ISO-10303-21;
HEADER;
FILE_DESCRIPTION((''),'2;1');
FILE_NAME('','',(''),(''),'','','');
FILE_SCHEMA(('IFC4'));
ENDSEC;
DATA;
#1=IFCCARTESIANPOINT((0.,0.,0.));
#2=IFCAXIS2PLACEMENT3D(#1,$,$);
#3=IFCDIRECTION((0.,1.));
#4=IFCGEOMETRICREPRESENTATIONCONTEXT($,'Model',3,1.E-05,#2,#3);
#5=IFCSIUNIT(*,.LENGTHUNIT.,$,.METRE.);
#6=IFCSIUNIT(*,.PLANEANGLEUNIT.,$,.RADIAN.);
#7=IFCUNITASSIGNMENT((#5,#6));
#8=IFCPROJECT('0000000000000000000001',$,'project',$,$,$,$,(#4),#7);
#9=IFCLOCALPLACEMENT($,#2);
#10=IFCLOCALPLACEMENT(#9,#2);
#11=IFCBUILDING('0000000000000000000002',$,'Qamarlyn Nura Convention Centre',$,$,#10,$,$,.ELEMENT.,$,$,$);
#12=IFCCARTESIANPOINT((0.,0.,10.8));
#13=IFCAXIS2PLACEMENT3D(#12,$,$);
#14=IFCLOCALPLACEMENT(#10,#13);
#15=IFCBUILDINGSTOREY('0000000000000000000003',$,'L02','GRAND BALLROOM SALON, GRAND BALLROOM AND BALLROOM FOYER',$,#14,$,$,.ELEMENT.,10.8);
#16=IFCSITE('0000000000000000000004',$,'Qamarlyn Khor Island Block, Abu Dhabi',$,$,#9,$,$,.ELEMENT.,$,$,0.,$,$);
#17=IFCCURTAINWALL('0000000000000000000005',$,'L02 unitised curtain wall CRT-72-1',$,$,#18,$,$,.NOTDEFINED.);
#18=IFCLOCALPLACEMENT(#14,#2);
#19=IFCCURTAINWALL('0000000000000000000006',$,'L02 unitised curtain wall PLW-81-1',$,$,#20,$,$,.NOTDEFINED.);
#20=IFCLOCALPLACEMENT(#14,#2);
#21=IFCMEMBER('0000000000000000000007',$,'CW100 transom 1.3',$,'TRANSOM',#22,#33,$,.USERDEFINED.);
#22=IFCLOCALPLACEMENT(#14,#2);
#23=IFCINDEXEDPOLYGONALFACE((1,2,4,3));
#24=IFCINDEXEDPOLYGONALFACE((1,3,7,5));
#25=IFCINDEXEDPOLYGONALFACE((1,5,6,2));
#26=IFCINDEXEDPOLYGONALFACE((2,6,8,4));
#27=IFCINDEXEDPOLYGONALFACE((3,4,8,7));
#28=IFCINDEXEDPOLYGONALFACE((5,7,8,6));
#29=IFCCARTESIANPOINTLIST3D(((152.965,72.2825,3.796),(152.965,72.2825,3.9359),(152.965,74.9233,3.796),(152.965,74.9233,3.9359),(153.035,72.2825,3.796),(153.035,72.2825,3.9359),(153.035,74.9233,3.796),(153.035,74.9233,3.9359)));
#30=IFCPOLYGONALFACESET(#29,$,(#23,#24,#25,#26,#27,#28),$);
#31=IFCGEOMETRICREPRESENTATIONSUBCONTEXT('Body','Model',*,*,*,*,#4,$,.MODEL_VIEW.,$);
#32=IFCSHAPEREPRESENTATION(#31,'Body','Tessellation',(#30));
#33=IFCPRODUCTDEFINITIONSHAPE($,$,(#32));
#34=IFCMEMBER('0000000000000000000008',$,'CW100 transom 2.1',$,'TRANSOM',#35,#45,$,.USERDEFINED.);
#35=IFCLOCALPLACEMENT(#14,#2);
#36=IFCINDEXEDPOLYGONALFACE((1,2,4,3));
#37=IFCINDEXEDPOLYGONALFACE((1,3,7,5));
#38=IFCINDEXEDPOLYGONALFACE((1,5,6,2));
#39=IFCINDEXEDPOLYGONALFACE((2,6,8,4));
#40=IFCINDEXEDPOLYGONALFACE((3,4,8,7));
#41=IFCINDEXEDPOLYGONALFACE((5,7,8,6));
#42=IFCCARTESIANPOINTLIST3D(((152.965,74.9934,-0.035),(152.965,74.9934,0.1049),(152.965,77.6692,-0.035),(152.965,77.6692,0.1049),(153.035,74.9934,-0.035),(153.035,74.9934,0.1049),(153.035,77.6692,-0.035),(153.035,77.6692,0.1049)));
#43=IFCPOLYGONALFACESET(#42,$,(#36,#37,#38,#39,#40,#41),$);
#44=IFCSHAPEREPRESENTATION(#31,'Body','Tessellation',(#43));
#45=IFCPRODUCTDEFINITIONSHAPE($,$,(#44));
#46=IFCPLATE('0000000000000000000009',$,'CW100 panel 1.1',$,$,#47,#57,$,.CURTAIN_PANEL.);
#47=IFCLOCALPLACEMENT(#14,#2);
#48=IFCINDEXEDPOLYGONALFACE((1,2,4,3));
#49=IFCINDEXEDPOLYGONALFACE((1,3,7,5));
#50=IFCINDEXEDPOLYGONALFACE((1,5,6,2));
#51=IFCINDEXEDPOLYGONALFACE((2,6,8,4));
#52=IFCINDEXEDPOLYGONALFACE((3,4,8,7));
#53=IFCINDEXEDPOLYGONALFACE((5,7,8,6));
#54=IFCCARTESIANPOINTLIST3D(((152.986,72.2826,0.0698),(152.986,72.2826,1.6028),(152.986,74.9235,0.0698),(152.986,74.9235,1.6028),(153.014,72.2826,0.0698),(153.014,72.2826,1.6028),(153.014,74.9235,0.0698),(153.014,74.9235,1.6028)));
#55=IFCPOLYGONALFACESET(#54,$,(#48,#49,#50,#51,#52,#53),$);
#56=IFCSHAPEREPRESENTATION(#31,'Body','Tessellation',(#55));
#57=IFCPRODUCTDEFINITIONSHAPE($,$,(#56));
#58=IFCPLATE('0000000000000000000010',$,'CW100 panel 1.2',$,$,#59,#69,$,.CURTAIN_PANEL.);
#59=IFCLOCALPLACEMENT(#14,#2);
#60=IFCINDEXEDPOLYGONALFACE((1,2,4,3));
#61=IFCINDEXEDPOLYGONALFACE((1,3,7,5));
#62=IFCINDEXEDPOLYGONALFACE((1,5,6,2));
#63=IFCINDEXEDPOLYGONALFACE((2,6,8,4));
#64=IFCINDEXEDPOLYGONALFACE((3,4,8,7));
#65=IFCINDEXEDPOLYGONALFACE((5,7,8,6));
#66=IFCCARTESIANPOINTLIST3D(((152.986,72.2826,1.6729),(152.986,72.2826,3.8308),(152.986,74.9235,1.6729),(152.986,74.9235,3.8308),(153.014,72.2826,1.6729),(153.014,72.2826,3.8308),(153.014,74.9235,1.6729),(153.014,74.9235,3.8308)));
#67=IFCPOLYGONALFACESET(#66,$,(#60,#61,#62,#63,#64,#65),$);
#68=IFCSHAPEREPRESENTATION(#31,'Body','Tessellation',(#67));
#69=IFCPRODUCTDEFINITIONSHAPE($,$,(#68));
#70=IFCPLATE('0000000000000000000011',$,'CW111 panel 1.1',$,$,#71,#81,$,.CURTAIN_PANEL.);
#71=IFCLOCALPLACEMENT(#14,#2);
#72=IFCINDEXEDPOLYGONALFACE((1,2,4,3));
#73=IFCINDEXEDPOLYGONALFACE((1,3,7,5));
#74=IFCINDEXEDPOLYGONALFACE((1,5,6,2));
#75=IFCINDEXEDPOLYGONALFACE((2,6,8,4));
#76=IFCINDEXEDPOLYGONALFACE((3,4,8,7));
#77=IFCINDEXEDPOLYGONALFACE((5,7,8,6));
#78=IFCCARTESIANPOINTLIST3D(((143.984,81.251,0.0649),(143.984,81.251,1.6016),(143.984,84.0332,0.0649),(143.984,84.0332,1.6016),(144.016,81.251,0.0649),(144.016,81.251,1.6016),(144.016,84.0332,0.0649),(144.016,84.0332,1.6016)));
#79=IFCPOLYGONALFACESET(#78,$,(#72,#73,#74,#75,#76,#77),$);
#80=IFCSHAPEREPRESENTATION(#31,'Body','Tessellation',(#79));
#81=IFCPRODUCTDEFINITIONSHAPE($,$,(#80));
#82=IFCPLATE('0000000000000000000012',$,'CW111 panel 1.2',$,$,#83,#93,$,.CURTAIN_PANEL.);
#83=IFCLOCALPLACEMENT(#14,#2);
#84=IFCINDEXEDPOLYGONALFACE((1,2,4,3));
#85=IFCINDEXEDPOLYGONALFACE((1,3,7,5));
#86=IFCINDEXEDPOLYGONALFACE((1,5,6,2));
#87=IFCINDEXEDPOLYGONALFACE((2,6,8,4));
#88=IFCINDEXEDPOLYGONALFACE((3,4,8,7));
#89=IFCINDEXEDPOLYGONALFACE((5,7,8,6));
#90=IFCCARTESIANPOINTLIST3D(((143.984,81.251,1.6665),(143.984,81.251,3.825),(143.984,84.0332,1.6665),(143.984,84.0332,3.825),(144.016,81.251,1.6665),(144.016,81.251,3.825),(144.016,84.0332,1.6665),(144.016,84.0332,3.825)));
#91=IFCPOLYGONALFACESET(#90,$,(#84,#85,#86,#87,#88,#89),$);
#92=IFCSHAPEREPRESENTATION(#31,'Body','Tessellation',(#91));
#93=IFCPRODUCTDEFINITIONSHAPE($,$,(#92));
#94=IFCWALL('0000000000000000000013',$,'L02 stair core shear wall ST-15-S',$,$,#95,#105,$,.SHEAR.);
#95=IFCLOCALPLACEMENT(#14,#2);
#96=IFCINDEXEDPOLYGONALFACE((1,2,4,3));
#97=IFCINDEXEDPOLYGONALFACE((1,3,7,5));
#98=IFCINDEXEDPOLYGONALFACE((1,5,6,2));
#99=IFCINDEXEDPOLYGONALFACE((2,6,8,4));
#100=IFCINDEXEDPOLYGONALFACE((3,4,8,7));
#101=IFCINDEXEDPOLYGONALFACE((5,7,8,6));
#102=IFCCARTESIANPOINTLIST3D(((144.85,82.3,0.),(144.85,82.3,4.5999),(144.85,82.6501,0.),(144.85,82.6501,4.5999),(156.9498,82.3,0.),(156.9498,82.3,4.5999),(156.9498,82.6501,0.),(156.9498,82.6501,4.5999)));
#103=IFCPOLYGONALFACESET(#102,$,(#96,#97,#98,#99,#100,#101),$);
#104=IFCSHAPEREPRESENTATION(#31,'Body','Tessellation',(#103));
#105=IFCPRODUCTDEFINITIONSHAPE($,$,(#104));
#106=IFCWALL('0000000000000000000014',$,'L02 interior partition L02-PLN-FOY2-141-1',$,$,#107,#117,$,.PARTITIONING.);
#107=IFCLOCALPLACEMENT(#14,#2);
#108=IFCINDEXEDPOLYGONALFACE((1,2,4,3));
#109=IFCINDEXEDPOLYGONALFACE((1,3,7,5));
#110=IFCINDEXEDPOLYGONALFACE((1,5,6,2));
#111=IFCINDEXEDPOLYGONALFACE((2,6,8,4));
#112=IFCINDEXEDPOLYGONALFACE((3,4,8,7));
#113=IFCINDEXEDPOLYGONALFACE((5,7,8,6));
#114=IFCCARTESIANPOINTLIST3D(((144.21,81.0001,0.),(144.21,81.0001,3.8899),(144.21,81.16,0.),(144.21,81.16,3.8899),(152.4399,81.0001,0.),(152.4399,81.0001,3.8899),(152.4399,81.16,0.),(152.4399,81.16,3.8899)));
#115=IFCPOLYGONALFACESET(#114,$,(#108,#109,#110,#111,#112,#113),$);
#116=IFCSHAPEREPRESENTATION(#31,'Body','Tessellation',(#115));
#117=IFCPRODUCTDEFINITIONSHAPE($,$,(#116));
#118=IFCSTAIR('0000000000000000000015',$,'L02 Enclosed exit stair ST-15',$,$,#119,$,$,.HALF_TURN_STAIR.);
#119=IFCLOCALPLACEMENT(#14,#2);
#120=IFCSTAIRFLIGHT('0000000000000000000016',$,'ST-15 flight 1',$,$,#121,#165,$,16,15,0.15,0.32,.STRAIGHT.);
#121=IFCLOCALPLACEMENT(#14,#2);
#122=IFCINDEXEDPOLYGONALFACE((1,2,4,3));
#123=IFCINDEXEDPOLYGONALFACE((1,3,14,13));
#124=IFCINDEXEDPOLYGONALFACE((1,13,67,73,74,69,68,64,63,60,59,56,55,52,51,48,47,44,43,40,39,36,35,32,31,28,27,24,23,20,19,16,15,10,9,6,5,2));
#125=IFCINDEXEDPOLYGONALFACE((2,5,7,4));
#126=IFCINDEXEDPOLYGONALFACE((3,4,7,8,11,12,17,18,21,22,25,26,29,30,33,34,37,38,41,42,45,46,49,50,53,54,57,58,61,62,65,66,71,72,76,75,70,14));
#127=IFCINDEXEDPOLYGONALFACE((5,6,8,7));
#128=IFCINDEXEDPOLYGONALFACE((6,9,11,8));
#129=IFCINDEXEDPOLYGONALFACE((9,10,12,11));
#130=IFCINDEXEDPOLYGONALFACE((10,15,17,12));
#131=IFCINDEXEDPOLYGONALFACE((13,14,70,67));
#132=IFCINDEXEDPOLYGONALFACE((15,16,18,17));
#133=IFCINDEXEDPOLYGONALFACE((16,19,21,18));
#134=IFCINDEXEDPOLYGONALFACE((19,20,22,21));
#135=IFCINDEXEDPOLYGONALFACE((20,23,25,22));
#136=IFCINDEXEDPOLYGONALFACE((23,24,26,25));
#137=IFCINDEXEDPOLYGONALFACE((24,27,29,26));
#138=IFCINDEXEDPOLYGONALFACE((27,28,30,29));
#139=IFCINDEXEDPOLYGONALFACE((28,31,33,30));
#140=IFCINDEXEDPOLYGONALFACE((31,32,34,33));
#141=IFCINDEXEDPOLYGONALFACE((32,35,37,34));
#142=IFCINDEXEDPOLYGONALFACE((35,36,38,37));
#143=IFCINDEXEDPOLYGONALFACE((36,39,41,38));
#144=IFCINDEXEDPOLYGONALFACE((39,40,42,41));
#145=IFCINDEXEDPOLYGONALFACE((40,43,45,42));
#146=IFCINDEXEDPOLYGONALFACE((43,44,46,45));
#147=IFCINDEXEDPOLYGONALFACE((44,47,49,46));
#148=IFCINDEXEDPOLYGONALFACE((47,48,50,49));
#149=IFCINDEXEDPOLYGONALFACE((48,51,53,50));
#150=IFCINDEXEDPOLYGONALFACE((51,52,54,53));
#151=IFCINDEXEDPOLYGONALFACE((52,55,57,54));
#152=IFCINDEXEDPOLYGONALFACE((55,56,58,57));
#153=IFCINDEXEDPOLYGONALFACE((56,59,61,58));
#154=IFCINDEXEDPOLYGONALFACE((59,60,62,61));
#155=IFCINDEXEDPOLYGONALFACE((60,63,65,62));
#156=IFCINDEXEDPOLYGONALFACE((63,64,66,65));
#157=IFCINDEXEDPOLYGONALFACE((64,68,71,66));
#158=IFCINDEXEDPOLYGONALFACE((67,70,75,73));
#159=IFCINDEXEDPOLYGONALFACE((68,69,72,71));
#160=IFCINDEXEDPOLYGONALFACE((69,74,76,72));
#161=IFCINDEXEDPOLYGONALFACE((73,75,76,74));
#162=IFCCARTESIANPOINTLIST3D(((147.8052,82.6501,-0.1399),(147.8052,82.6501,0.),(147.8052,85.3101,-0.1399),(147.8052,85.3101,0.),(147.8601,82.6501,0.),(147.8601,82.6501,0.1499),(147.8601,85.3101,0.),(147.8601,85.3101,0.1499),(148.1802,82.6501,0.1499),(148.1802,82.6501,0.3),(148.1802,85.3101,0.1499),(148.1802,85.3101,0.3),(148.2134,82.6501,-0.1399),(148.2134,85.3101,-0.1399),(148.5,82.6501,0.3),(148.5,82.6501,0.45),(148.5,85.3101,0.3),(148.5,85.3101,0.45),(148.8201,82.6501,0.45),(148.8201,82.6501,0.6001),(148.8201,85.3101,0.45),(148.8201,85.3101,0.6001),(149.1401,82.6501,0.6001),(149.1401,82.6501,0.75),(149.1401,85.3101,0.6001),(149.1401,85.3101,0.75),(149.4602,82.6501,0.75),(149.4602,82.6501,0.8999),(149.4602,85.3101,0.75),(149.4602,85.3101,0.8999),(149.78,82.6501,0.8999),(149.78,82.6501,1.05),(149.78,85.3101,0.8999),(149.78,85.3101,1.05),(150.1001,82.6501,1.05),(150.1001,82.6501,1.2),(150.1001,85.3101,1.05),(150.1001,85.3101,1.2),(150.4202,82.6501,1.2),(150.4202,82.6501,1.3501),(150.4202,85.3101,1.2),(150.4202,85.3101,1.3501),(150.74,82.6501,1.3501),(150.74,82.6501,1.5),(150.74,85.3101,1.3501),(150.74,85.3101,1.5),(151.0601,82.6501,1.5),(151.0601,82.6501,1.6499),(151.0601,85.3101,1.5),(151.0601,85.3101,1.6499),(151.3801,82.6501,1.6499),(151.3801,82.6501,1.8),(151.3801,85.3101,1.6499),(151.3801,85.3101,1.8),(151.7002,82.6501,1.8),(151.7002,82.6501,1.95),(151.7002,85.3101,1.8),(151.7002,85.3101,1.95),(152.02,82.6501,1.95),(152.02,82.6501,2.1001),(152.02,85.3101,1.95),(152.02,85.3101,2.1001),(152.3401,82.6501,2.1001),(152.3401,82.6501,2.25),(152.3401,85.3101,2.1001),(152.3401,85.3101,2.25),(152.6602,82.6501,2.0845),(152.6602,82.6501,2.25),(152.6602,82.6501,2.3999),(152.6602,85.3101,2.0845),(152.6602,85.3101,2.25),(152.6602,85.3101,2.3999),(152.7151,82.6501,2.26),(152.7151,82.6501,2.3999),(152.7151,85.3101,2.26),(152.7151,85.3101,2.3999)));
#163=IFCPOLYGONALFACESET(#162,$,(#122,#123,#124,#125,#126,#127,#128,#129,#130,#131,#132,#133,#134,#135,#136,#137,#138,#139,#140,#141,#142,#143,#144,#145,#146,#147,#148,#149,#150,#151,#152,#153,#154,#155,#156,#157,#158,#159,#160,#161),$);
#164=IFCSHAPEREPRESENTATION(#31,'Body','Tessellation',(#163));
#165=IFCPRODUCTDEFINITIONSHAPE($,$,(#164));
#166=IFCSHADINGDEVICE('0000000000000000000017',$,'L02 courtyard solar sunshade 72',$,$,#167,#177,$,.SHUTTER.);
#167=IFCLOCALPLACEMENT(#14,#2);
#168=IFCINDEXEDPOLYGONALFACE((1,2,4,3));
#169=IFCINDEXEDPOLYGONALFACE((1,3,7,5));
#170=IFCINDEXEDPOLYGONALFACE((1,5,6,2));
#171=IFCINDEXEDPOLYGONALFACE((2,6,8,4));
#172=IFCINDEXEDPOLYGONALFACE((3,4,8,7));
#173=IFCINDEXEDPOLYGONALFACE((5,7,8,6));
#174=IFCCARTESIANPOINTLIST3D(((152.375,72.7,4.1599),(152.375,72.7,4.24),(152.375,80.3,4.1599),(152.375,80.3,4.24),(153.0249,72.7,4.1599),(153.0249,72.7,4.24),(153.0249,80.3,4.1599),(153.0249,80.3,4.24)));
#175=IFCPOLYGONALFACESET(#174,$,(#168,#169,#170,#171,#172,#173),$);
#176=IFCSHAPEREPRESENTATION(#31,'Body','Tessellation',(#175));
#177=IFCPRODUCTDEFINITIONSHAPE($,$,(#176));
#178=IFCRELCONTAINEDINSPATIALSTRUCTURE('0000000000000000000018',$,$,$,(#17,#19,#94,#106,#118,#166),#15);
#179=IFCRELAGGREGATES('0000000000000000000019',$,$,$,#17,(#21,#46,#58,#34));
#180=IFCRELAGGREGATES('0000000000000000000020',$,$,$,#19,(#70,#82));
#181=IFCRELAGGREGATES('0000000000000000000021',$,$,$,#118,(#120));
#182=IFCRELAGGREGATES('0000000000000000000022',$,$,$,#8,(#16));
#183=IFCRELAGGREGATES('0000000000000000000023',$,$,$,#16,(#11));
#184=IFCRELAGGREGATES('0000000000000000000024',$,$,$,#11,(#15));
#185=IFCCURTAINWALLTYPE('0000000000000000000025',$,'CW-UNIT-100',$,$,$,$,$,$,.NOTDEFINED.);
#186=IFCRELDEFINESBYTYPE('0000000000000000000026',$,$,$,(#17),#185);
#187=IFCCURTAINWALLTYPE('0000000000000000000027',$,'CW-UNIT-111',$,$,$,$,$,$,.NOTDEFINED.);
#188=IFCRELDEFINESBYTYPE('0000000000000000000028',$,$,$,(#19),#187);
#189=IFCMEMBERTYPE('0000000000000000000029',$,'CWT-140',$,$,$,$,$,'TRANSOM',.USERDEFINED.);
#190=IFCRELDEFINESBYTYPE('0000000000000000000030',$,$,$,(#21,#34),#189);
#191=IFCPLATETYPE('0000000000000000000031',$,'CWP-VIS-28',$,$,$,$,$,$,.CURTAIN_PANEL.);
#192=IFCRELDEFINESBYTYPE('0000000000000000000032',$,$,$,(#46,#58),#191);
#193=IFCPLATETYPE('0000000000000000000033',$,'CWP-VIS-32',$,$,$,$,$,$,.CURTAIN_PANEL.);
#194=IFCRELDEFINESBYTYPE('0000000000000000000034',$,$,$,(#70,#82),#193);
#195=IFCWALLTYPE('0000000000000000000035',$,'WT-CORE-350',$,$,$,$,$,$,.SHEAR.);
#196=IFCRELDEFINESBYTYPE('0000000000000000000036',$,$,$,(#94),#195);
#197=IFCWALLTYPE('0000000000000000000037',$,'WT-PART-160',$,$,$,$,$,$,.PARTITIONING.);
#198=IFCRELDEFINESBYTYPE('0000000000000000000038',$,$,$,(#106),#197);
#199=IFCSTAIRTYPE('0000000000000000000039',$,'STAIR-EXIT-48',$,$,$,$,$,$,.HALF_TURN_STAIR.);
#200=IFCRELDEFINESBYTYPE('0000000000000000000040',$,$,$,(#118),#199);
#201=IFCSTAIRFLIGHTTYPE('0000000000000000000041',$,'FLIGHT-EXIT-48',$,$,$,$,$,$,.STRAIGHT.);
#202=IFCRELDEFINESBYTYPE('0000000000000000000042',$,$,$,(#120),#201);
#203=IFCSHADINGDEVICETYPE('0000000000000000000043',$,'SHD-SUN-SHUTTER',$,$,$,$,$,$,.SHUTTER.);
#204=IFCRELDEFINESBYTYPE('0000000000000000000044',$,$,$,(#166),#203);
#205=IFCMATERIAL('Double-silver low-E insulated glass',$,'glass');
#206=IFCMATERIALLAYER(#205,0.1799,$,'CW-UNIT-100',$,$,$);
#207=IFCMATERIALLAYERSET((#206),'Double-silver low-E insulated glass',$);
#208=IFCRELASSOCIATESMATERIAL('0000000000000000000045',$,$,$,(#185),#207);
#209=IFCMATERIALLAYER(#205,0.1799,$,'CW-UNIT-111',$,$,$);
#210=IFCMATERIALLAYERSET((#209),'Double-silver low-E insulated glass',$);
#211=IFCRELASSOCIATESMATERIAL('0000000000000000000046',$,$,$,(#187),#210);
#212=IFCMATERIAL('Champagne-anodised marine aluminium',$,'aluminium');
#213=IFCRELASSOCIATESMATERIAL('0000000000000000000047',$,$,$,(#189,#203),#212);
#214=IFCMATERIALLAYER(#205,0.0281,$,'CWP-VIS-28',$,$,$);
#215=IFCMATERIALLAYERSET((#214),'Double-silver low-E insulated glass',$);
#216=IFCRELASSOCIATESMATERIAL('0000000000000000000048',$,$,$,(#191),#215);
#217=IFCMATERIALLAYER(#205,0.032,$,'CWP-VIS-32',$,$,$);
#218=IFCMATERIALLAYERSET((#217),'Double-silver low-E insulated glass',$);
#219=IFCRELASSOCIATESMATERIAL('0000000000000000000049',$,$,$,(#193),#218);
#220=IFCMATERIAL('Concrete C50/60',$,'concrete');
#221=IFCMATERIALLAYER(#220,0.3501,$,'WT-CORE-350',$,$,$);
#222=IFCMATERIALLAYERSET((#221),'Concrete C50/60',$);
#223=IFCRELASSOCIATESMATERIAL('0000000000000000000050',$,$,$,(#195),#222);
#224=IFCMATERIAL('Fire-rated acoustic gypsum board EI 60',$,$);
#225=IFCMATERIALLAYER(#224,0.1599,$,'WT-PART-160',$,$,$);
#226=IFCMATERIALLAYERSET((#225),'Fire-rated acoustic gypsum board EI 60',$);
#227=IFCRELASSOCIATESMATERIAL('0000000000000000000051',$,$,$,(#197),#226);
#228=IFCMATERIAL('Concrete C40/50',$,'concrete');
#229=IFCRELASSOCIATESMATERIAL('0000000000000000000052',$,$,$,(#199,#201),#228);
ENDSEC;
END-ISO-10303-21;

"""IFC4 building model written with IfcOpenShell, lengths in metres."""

from ifc_helpers import new_model, si_unit, direction, frame, frame_2d, origin, origin_2d, place, context, subcontext, project, spatial, polyline, rectangle, outline, extrude, material, layer, layer_set, material_profile, profile_set, type_object, element, aggregate, save


model = new_model("IFC4")

# Units and contexts
model_context = context("Model", 3, precision=1e-05, world=origin(), true_north=direction((0.0, 1.0)))
body_context = subcontext(model_context, "Body", "Model", "MODEL_VIEW")
ifc_project = project(units=[si_unit("LENGTHUNIT", "METRE"), si_unit("PLANEANGLEUNIT", "RADIAN")], contexts=[model_context])

# Site, building, storey
site_placement = place(None, origin())
site = spatial("IfcSite", under=ifc_project, at=site_placement, Name="Qamarlyn Khor Island Block, Abu Dhabi", CompositionType="ELEMENT", RefElevation=0.0)
building_placement = place(site_placement, origin())
building = spatial("IfcBuilding", under=site, at=building_placement, Name="Qamarlyn Nura Convention Centre", CompositionType="ELEMENT")
storey_placement = place(building_placement, frame((0.0, 0.0, 10.8)))
storey = spatial("IfcBuildingStorey", under=building, at=storey_placement, Name="L02", Description="GRAND BALLROOM SALON, GRAND BALLROOM AND BALLROOM FOYER", CompositionType="ELEMENT", Elevation=10.8)

# Curtain wall
ifc_material_1 = material(Name="Double-silver low-E insulated glass", Category="glass")
ifc_layer_1 = layer(ifc_material_1, 0.1799, Name="CW-UNIT-100")
ifc_layer_set_1 = layer_set([ifc_layer_1], Name="Double-silver low-E insulated glass")
curtain_wall_type_1 = type_object("IfcCurtainWallType", Name="CW-UNIT-100", PredefinedType="NOTDEFINED", material=ifc_layer_set_1)
curtain_wall_1_placement = place(storey_placement, origin())
curtain_wall_1 = element("IfcCurtainWall", 1, at=curtain_wall_1_placement, inside=storey, type_object=curtain_wall_type_1, Name="L02 unitised curtain wall CRT-72-1", PredefinedType="NOTDEFINED")
ifc_material_2 = material(Name="Champagne-anodised marine aluminium", Category="aluminium")

# Curtain wall
ifc_layer_2 = layer(ifc_material_1, 0.1799, Name="CW-UNIT-111")
ifc_layer_set_2 = layer_set([ifc_layer_2], Name="Double-silver low-E insulated glass")
curtain_wall_type_2 = type_object("IfcCurtainWallType", Name="CW-UNIT-111", PredefinedType="NOTDEFINED", material=ifc_layer_set_2)
curtain_wall_2_placement = place(storey_placement, origin())
curtain_wall_2 = element("IfcCurtainWall", 2, at=curtain_wall_2_placement, inside=storey, type_object=curtain_wall_type_2, Name="L02 unitised curtain wall PLW-81-1", PredefinedType="NOTDEFINED")

# Members
ifc_material_profile_1 = material_profile(ifc_material_2, rectangle(XDim=0.0701, YDim=0.1399, at=origin_2d()), Name="ALU TRANSOM 70x140")
ifc_profile_set_1 = profile_set([ifc_material_profile_1], Name="Champagne-anodised marine aluminium")
member_type_1 = type_object("IfcMemberType", Name="CWT-140", ElementType="TRANSOM", PredefinedType="USERDEFINED", material=ifc_profile_set_1)
member_1_placement = place(storey_placement, frame((153.0, 72.2825, 3.866), z_axis=(0.0, 1.0, 0.0), x_axis=(-1.0, 0.0, 0.0)))
member_1 = element("IfcMember", 3, at=member_1_placement, type_object=member_type_1, Name="CW100 transom 1.3", ObjectType="TRANSOM", PredefinedType="USERDEFINED", context=body_context, shape_type="SweptSolid", body=[
    extrude(rectangle(XDim=0.0701, YDim=0.1399, at=origin_2d()), origin(), (0.0, 0.0, 1.0), 2.6409),
])
member_2_placement = place(storey_placement, frame((153.0, 74.9934, 0.0349), z_axis=(0.0, 1.0, 0.0), x_axis=(-1.0, 0.0, 0.0)))
member_2 = element("IfcMember", 4, at=member_2_placement, type_object=member_type_1, Name="CW100 transom 2.1", ObjectType="TRANSOM", PredefinedType="USERDEFINED", context=body_context, shape_type="SweptSolid", body=[
    extrude(rectangle(XDim=0.0701, YDim=0.1399, at=origin_2d()), origin(), (0.0, 0.0, 1.0), 2.6758),
])

# Plates
ifc_layer_3 = layer(ifc_material_1, 0.0281, Name="CWP-VIS-28")
ifc_layer_set_3 = layer_set([ifc_layer_3], Name="Double-silver low-E insulated glass")
plate_type_1 = type_object("IfcPlateType", Name="CWP-VIS-28", PredefinedType="CURTAIN_PANEL", material=ifc_layer_set_3)
plate_1_placement = place(storey_placement, frame((153.0, 73.603, 0.0698), z_axis=(0.0, 0.0, 1.0), x_axis=(0.0, 1.0, 0.0)))
plate_1 = element("IfcPlate", 5, at=plate_1_placement, type_object=plate_type_1, Name="CW100 panel 1.1", PredefinedType="CURTAIN_PANEL", context=body_context, shape_type="SweptSolid", body=[
    extrude(rectangle(XDim=2.6409, YDim=0.0281, at=origin_2d()), origin(), (0.0, 0.0, 1.0), 1.533),
])
plate_2_placement = place(storey_placement, frame((153.0, 73.603, 1.6729), z_axis=(0.0, 0.0, 1.0), x_axis=(0.0, 1.0, 0.0)))
plate_2 = element("IfcPlate", 6, at=plate_2_placement, type_object=plate_type_1, Name="CW100 panel 1.2", PredefinedType="CURTAIN_PANEL", context=body_context, shape_type="SweptSolid", body=[
    extrude(rectangle(XDim=2.6409, YDim=0.0281, at=origin_2d()), origin(), (0.0, 0.0, 1.0), 2.158),
])
aggregate(curtain_wall_1, [member_1, plate_1, plate_2, member_2])
ifc_layer_4 = layer(ifc_material_1, 0.032, Name="CWP-VIS-32")
ifc_layer_set_4 = layer_set([ifc_layer_4], Name="Double-silver low-E insulated glass")
plate_type_2 = type_object("IfcPlateType", Name="CWP-VIS-32", PredefinedType="CURTAIN_PANEL", material=ifc_layer_set_4)
plate_3_placement = place(storey_placement, frame((144.0, 82.6421, 0.0649), z_axis=(0.0, 0.0, 1.0), x_axis=(0.0, 1.0, 0.0)))
plate_3 = element("IfcPlate", 7, at=plate_3_placement, type_object=plate_type_2, Name="CW111 panel 1.1", PredefinedType="CURTAIN_PANEL", context=body_context, shape_type="SweptSolid", body=[
    extrude(rectangle(XDim=2.7822, YDim=0.032, at=origin_2d()), origin(), (0.0, 0.0, 1.0), 1.5366),
])
plate_4_placement = place(storey_placement, frame((144.0, 82.6421, 1.6665), z_axis=(0.0, 0.0, 1.0), x_axis=(0.0, 1.0, 0.0)))
plate_4 = element("IfcPlate", 8, at=plate_4_placement, type_object=plate_type_2, Name="CW111 panel 1.2", PredefinedType="CURTAIN_PANEL", context=body_context, shape_type="SweptSolid", body=[
    extrude(rectangle(XDim=2.7822, YDim=0.032, at=origin_2d()), origin(), (0.0, 0.0, 1.0), 2.1584),
])
aggregate(curtain_wall_2, [plate_3, plate_4])

# Walls
ifc_material_3 = material(Name="Concrete C50/60", Category="concrete")
ifc_layer_5 = layer(ifc_material_3, 0.3501, Name="WT-CORE-350")
ifc_layer_set_5 = layer_set([ifc_layer_5], Name="Concrete C50/60")
wall_type_1 = type_object("IfcWallType", Name="WT-CORE-350", PredefinedType="SHEAR", material=ifc_layer_set_5)
wall_1_placement = place(storey_placement, frame((144.8501, 82.4751, 0.0), z_axis=(0.0, 0.0, 1.0), x_axis=(1.0, 0.0, 0.0)))
element("IfcWall", 9, at=wall_1_placement, inside=storey, type_object=wall_type_1, Name="L02 stair core shear wall ST-15-S", PredefinedType="SHEAR", context=body_context, shape_type="SweptSolid", body=[
    extrude(rectangle(XDim=12.0999, YDim=0.3501, at=frame_2d((6.0498, 0.0))), origin(), (0.0, 0.0, 1.0), 4.5999),
])
ifc_material_4 = material(Name="Fire-rated acoustic gypsum board EI 60")
ifc_layer_6 = layer(ifc_material_4, 0.1599, Name="WT-PART-160")
ifc_layer_set_6 = layer_set([ifc_layer_6], Name="Fire-rated acoustic gypsum board EI 60")
wall_type_2 = type_object("IfcWallType", Name="WT-PART-160", PredefinedType="PARTITIONING", material=ifc_layer_set_6)
wall_2_placement = place(storey_placement, frame((152.4399, 81.0801, 0.0), z_axis=(0.0, 0.0, 1.0), x_axis=(-1.0, 0.0, 0.0)))
element("IfcWall", 10, at=wall_2_placement, inside=storey, type_object=wall_type_2, Name="L02 interior partition L02-PLN-FOY2-141-1", PredefinedType="PARTITIONING", context=body_context, shape_type="SweptSolid", body=[
    extrude(rectangle(XDim=8.23, YDim=0.1599, at=frame_2d((4.115, 0.0))), origin(), (0.0, 0.0, 1.0), 3.8899),
])

# Stair, stair flight
ifc_material_5 = material(Name="Concrete C40/50", Category="concrete")
stair_type = type_object("IfcStairType", Name="STAIR-EXIT-48", PredefinedType="HALF_TURN_STAIR", material=ifc_material_5)
stair_placement = place(storey_placement, origin())
stair = element("IfcStair", 11, at=stair_placement, inside=storey, type_object=stair_type, Name="L02 Enclosed exit stair ST-15", PredefinedType="HALF_TURN_STAIR")
stair_flight_type = type_object("IfcStairFlightType", Name="FLIGHT-EXIT-48", PredefinedType="STRAIGHT", material=ifc_material_5)
stair_flight_placement = place(storey_placement, frame((147.8601, 83.98, 0.0), z_axis=(0.0, 0.0, 1.0), x_axis=(1.0, 0.0, 0.0)))
stair_flight = element("IfcStairFlight", 12, at=stair_flight_placement, type_object=stair_flight_type, Name="ST-15 flight 1", NumberOfRisers=16, NumberOfTreads=15, PredefinedType="STRAIGHT", RiserHeight=0.15, TreadLength=0.32, context=body_context, shape_type="SweptSolid", body=[
    extrude(outline(polyline([(-0.0549, 0.0), (0.0, 0.0), (0.0, 0.1499), (0.3201, 0.1499), (0.3201, 0.3), (0.6399, 0.3), (0.6399, 0.45), (0.96, 0.45), (0.96, 0.6001), (1.28, 0.6001), (1.28, 0.75), (1.6001, 0.75), (1.6001, 0.8999), (1.9199, 0.8999), (1.9199, 1.05), (2.24, 1.05), (2.24, 1.2), (2.5601, 1.2), (2.5601, 1.3501), (2.8799, 1.3501), (2.8799, 1.5), (3.2, 1.5), (3.2, 1.6499), (3.52, 1.6499), (3.52, 1.8), (3.8401, 1.8), (3.8401, 1.95), (4.1599, 1.95), (4.1599, 2.1001), (4.48, 2.1001), (4.48, 2.25), (4.8, 2.25), (4.8, 2.3999), (4.855, 2.3999), (4.855, 2.26), (4.8, 2.0845), (0.3533, -0.1399), (-0.0549, -0.1399), (-0.0549, 0.0)])), frame((0.0, 1.3301, 0.0), z_axis=(0.0, -1.0, 0.0), x_axis=(1.0, 0.0, 0.0)), (0.0, 0.0, 1.0), 2.6599),
])
aggregate(stair, [stair_flight])

# Shading device
shading_device_type = type_object("IfcShadingDeviceType", Name="SHD-SUN-SHUTTER", PredefinedType="SHUTTER", material=ifc_material_2)
shading_device_placement = place(storey_placement, frame((152.7, 76.5, 4.1599), z_axis=(0.0, 0.0, 1.0), x_axis=(1.0, 0.0, 0.0)))
element("IfcShadingDevice", 13, at=shading_device_placement, inside=storey, type_object=shading_device_type, Name="L02 courtyard solar sunshade 72", PredefinedType="SHUTTER", context=body_context, shape_type="SweptSolid", body=[
    extrude(rectangle(XDim=0.6499, YDim=7.6001, at=origin_2d()), origin(), (0.0, 0.0, 1.0), 0.0801),
])

save(model, "model.ifc")
